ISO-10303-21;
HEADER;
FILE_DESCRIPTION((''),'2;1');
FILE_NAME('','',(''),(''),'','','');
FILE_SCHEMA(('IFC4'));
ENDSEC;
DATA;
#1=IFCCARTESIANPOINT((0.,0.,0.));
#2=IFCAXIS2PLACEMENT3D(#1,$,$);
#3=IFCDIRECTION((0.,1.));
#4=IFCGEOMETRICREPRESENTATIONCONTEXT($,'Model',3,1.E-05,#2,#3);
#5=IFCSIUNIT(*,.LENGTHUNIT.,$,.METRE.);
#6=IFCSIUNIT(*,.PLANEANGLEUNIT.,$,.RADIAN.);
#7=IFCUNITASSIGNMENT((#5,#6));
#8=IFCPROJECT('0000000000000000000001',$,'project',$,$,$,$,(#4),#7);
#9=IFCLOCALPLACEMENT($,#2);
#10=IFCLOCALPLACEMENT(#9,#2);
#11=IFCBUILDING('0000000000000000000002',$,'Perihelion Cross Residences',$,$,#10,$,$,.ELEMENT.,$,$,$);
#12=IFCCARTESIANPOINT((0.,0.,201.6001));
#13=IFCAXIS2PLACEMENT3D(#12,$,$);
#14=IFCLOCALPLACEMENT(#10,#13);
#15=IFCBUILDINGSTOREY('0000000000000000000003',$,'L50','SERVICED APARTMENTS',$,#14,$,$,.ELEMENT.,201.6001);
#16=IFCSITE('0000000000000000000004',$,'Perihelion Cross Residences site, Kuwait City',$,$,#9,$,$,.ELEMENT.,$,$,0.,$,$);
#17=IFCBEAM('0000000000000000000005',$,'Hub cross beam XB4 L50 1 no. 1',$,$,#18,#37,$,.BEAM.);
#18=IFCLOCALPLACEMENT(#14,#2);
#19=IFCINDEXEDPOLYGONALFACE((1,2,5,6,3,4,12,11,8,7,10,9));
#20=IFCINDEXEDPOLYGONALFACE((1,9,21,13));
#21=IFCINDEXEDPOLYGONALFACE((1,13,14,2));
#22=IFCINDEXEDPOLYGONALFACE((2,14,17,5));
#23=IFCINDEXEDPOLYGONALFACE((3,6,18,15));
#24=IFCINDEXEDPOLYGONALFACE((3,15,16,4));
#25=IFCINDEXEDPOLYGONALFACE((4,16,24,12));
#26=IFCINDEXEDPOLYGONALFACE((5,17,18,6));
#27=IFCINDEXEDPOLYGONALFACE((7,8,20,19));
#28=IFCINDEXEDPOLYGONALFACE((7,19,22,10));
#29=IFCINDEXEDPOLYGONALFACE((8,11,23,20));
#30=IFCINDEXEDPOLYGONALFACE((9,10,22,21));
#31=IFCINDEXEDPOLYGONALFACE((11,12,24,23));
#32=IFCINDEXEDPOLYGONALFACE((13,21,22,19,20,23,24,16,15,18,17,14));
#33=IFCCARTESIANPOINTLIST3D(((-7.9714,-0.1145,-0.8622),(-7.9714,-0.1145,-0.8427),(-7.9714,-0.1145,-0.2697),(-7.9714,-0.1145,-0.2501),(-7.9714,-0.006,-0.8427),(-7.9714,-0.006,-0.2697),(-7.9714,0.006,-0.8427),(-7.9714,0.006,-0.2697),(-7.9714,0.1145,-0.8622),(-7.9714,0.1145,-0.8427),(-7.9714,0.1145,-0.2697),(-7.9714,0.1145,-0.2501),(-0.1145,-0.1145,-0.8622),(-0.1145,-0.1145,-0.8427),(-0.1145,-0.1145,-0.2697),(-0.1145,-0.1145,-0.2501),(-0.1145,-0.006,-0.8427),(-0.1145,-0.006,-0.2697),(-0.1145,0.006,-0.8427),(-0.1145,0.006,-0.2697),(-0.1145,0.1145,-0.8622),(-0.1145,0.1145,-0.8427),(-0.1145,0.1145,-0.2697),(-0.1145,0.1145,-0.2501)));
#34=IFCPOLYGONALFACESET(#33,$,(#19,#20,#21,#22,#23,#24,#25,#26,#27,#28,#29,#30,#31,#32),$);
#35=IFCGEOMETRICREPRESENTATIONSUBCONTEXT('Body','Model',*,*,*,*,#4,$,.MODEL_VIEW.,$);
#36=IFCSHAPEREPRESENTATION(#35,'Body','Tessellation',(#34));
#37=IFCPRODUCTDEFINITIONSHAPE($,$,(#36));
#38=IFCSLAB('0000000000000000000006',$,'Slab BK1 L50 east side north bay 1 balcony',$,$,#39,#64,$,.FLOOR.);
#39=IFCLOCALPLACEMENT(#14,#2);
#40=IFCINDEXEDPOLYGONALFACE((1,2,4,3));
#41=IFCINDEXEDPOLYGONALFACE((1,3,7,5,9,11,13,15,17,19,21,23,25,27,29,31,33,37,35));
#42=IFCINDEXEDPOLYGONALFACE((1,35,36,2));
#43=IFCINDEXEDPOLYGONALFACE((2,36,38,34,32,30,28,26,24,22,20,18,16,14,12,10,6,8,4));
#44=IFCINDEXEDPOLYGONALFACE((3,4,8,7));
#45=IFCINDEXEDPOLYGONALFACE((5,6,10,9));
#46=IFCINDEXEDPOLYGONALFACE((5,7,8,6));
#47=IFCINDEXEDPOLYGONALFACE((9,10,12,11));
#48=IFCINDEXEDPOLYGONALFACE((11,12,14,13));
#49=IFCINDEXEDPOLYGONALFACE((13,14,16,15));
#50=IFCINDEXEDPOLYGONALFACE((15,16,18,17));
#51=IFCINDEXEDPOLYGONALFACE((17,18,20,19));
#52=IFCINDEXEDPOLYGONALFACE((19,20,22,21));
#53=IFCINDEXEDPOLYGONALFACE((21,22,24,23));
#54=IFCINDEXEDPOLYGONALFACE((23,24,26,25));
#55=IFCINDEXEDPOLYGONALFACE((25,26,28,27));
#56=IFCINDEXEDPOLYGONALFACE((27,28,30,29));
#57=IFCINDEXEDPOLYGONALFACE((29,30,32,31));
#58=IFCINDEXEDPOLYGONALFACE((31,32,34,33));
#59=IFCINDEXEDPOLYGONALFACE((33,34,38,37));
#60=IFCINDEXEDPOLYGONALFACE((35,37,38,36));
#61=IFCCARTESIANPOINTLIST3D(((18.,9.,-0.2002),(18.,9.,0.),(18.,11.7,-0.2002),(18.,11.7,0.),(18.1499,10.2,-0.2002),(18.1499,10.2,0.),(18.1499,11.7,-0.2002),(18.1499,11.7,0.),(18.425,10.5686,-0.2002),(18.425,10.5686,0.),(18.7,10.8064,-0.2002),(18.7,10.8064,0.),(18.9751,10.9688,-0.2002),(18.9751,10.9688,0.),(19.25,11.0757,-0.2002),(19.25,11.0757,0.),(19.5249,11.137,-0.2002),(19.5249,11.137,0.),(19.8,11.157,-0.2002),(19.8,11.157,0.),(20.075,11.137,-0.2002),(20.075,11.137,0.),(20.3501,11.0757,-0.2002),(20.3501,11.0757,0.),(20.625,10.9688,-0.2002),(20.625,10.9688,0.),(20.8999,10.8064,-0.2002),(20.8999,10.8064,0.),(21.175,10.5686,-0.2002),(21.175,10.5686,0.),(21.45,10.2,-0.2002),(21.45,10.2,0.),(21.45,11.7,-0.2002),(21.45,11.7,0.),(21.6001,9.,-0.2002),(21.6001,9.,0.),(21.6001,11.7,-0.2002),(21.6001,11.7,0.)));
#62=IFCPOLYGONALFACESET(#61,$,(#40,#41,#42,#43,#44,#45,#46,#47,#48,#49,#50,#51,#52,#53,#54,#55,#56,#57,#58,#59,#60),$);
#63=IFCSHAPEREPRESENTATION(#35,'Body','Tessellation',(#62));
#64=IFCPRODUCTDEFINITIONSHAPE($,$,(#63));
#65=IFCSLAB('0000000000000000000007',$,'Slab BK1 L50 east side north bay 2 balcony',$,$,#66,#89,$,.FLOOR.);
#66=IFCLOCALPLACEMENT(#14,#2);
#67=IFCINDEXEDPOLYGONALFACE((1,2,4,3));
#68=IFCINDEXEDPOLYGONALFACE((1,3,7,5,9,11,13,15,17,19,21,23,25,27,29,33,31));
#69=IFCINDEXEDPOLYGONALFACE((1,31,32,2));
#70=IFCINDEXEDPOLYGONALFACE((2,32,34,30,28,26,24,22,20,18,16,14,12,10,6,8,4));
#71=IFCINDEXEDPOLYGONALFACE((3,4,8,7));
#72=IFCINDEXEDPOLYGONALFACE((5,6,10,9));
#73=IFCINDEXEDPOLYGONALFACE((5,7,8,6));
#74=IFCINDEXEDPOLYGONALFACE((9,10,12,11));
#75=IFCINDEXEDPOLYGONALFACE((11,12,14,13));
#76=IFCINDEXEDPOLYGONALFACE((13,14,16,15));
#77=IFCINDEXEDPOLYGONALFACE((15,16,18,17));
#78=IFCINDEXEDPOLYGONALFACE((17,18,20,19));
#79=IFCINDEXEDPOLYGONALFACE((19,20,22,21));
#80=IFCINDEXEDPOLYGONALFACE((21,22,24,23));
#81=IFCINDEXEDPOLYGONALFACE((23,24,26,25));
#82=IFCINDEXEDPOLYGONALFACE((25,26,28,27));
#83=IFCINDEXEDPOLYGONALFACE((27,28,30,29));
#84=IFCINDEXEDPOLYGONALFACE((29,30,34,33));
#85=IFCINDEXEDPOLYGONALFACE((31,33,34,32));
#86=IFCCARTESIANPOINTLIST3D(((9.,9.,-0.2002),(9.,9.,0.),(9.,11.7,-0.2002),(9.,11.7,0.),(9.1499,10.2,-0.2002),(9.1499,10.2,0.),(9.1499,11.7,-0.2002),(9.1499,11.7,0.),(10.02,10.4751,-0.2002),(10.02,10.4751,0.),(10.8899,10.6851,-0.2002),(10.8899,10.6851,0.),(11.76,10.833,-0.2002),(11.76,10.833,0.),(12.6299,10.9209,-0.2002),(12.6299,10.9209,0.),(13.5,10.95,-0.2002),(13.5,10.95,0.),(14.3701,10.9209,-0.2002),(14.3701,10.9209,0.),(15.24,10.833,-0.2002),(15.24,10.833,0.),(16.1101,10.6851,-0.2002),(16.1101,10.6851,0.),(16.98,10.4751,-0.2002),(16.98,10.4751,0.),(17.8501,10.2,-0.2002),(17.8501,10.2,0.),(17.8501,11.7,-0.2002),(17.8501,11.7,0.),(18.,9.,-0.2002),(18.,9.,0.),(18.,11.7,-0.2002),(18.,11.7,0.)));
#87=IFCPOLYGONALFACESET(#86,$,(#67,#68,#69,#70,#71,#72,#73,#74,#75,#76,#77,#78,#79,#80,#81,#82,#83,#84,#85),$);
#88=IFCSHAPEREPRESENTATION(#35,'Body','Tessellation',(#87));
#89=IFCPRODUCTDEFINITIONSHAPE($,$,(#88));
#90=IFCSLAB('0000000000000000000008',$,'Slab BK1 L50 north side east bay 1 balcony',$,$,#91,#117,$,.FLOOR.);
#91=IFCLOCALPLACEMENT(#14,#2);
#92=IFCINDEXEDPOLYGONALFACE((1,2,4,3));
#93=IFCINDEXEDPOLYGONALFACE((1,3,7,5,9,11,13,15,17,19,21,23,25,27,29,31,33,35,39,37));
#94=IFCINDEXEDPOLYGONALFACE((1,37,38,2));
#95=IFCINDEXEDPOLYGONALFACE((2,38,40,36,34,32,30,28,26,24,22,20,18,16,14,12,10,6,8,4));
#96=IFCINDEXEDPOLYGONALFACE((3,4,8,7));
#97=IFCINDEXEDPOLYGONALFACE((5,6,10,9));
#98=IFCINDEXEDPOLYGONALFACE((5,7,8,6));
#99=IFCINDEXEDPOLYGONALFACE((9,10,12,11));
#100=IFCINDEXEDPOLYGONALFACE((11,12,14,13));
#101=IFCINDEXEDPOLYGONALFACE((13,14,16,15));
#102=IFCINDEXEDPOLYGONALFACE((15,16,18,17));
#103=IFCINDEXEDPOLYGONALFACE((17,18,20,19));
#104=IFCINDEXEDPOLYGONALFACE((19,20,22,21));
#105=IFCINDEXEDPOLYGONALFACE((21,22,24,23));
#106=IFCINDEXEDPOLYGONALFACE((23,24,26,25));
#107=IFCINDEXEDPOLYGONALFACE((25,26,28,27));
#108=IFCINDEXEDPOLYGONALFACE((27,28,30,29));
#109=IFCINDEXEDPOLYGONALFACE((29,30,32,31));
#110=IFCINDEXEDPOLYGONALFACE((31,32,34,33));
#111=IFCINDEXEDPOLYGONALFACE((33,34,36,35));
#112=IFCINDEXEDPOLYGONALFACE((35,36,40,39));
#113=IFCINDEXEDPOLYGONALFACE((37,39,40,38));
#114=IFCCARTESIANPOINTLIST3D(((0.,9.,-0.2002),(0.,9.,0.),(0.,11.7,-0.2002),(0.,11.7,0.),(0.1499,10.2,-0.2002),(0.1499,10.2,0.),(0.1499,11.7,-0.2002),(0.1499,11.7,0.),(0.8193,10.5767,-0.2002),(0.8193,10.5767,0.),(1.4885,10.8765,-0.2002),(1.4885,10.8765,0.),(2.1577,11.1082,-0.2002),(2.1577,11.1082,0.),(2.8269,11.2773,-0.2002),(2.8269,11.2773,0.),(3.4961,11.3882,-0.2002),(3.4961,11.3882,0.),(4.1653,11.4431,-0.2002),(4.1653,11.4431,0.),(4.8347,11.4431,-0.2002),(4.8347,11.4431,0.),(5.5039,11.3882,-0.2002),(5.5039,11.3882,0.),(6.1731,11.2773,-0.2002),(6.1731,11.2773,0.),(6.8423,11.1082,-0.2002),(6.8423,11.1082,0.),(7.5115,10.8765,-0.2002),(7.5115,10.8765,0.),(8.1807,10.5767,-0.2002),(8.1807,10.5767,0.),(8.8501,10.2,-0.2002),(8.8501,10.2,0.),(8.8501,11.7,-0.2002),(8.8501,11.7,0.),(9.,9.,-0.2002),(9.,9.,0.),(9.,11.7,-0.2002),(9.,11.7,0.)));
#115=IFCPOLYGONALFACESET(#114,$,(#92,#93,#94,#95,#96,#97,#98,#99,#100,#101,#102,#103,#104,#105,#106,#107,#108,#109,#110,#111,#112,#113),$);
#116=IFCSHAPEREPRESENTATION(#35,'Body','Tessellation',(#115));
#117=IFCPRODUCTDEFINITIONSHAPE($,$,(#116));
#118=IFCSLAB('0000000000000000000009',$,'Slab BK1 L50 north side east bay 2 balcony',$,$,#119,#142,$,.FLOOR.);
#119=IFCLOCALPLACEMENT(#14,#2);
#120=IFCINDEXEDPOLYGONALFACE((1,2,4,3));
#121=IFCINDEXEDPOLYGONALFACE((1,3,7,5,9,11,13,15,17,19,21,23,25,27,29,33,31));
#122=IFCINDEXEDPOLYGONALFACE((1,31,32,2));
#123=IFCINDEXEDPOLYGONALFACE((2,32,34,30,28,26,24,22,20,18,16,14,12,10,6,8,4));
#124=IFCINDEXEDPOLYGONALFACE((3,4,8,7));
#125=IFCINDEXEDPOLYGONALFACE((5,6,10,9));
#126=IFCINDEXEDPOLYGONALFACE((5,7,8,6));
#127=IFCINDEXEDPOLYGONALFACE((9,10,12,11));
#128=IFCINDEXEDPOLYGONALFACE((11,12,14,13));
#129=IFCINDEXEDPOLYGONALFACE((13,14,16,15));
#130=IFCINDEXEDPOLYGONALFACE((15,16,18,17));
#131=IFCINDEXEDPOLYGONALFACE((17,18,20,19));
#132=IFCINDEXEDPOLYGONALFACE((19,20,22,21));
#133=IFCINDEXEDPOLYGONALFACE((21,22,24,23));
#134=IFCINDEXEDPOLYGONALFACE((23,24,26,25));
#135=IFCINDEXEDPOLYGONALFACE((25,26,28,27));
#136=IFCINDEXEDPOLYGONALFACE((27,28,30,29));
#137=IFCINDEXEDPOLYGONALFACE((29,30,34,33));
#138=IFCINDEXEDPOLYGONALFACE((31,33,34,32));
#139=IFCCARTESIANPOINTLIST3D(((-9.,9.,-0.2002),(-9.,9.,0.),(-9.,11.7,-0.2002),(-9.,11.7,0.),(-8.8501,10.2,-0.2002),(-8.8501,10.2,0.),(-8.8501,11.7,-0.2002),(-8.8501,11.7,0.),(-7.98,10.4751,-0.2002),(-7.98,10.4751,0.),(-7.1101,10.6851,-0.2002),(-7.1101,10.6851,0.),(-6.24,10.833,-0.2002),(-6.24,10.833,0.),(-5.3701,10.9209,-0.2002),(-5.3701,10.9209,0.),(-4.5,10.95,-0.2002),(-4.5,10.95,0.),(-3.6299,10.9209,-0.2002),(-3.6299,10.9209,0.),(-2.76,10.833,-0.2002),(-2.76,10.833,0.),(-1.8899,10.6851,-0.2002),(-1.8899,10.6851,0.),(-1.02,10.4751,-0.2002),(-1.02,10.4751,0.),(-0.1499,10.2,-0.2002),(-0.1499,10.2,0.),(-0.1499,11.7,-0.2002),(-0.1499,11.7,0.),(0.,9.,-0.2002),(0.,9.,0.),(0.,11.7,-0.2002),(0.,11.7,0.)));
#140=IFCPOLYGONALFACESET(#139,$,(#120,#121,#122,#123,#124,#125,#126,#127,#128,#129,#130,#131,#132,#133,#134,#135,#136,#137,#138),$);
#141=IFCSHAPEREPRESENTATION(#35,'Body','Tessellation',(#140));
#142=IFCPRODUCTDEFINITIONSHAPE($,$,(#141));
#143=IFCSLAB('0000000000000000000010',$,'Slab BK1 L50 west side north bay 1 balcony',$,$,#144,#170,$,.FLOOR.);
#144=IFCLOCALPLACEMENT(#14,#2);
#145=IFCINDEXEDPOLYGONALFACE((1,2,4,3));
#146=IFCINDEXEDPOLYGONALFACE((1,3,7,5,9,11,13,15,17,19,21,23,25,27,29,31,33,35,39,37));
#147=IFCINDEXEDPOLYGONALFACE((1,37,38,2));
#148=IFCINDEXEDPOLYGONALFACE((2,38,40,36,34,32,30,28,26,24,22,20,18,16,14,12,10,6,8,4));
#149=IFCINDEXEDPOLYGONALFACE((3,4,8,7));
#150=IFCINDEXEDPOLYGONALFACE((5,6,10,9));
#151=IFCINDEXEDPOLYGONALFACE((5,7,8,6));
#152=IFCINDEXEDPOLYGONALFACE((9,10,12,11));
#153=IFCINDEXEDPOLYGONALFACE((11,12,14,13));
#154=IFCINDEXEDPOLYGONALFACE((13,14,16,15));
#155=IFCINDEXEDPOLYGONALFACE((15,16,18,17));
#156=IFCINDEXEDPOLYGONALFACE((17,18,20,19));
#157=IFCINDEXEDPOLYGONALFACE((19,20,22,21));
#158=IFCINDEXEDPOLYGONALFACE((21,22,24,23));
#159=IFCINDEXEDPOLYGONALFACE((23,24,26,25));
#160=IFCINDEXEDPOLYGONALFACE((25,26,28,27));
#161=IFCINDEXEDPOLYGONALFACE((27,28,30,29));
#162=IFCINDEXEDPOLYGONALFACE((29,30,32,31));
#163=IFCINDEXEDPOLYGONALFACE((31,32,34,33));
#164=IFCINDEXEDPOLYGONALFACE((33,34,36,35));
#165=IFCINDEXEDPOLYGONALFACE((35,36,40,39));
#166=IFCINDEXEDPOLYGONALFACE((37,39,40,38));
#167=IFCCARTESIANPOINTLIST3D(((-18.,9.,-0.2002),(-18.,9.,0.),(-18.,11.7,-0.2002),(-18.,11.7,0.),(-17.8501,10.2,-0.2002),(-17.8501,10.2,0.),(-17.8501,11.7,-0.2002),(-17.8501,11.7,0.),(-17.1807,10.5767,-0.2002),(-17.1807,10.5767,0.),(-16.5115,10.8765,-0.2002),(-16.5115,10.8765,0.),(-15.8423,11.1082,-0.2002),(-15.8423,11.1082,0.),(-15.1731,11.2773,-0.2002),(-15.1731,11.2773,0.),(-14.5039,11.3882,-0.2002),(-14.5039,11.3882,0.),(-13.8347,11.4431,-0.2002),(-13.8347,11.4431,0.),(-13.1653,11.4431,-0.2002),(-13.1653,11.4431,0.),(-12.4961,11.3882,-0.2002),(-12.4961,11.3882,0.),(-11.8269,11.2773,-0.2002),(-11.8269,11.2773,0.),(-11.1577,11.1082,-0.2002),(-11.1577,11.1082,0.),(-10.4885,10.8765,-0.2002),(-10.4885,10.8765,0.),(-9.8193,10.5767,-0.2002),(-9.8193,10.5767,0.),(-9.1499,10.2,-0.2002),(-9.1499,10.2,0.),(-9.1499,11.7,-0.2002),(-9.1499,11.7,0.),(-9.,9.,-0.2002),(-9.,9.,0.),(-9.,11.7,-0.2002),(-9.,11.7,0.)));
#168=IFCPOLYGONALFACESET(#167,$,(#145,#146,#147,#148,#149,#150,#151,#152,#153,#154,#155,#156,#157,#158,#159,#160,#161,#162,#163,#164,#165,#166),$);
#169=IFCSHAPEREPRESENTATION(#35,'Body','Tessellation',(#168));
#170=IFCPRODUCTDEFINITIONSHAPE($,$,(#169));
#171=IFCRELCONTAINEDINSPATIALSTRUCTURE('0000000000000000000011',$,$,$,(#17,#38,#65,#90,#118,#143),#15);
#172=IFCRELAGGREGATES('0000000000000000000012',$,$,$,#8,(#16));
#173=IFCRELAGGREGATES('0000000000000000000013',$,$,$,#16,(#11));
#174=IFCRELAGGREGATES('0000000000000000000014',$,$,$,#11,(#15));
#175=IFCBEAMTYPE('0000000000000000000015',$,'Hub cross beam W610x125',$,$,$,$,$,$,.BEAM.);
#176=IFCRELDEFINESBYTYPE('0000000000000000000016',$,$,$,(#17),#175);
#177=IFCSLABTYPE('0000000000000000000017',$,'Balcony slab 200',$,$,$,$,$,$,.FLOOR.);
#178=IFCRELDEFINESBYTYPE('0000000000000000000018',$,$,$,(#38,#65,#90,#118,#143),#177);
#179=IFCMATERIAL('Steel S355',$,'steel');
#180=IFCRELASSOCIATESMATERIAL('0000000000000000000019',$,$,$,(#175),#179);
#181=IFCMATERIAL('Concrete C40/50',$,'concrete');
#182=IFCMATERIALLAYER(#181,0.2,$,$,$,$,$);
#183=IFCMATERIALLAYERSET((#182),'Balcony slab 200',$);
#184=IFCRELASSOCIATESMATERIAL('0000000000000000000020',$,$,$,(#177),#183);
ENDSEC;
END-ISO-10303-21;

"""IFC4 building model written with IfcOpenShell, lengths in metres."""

from ifc_helpers import new_model, si_unit, direction, frame, origin, origin_2d, place, context, subcontext, project, spatial, polyline, i_section, outline, extrude, material, layer, layer_set, material_profile, profile_set, type_object, element, save


model = new_model("IFC4")

# Units and contexts
model_context = context("Model", 3, precision=1e-05, world=origin(), true_north=direction((0.0, 1.0)))
body_context = subcontext(model_context, "Body", "Model", "MODEL_VIEW")
ifc_project = project(units=[si_unit("LENGTHUNIT", "METRE"), si_unit("PLANEANGLEUNIT", "RADIAN")], contexts=[model_context])

# Site, building, storey
site_placement = place(None, origin())
site = spatial("IfcSite", under=ifc_project, at=site_placement, Name="Perihelion Cross Residences site, Kuwait City", CompositionType="ELEMENT", RefElevation=0.0)
building_placement = place(site_placement, origin())
building = spatial("IfcBuilding", under=site, at=building_placement, Name="Perihelion Cross Residences", CompositionType="ELEMENT")
storey_placement = place(building_placement, frame((0.0, 0.0, 201.6001)))
storey = spatial("IfcBuildingStorey", under=building, at=storey_placement, Name="L50", Description="SERVICED APARTMENTS", CompositionType="ELEMENT", Elevation=201.6001)

# Beam
ifc_material_1 = material(Name="Steel S355", Category="steel")
ifc_material_profile = material_profile(ifc_material_1, i_section(OverallWidth=0.229, OverallDepth=0.6121, WebThickness=0.012, FlangeThickness=0.0195, at=origin_2d()), Name="W610x125")
ifc_profile_set = profile_set([ifc_material_profile], Name="Steel S355")
beam_type = type_object("IfcBeamType", Name="Hub cross beam W610x125", PredefinedType="BEAM", material=ifc_profile_set)
beam_placement = place(storey_placement, frame((-7.9714, 0.0, -0.5562), z_axis=(1.0, 0.0, 0.0), x_axis=(0.0, 1.0, 0.0)))
element("IfcBeam", 1, at=beam_placement, inside=storey, type_object=beam_type, Name="Hub cross beam XB4 L50 1 no. 1", PredefinedType="BEAM", context=body_context, shape_type="SweptSolid", body=[
    extrude(i_section(OverallWidth=0.229, OverallDepth=0.6121, WebThickness=0.012, FlangeThickness=0.0195, at=origin_2d()), origin(), (0.0, 0.0, 1.0), 7.8569),
])

# Slabs
ifc_material_2 = material(Name="Concrete C40/50", Category="concrete")
ifc_layer_1 = layer(ifc_material_2, 0.2)
ifc_layer_set_1 = layer_set([ifc_layer_1], Name="Balcony slab 200")
slab_type_1 = type_object("IfcSlabType", Name="Balcony slab 200", PredefinedType="FLOOR", material=ifc_layer_set_1)
slab_1_placement = place(storey_placement, frame((0.0, 0.0, -0.2002)))
element("IfcSlab", 2, at=slab_1_placement, inside=storey, type_object=slab_type_1, Name="Slab BK1 L50 east side north bay 1 balcony", PredefinedType="FLOOR", context=body_context, shape_type="SweptSolid", body=[
    extrude(outline(polyline([(21.6001, 9.0), (18.0, 9.0), (18.0, 11.7), (18.1499, 11.7), (18.1499, 10.2), (18.425, 10.5686), (18.7, 10.8064), (18.9751, 10.9688), (19.25, 11.0757), (19.5249, 11.137), (19.8, 11.157), (20.075, 11.137), (20.3501, 11.0757), (20.625, 10.9688), (20.8999, 10.8064), (21.175, 10.5686), (21.45, 10.2), (21.45, 11.7), (21.6001, 11.7), (21.6001, 9.0)])), origin(), (0.0, 0.0, 1.0), 0.2002),
])
slab_2_placement = place(storey_placement, frame((0.0, 0.0, -0.2002)))
element("IfcSlab", 3, at=slab_2_placement, inside=storey, type_object=slab_type_1, Name="Slab BK1 L50 east side north bay 2 balcony", PredefinedType="FLOOR", context=body_context, shape_type="SweptSolid", body=[
    extrude(outline(polyline([(18.0, 9.0), (9.0, 9.0), (9.0, 11.7), (9.1499, 11.7), (9.1499, 10.2), (10.02, 10.4751), (10.8899, 10.6851), (11.76, 10.833), (12.6299, 10.9209), (13.5, 10.95), (14.3701, 10.9209), (15.24, 10.833), (16.1101, 10.6851), (16.98, 10.4751), (17.8501, 10.2), (17.8501, 11.7), (18.0, 11.7), (18.0, 9.0)])), origin(), (0.0, 0.0, 1.0), 0.2002),
])
slab_3_placement = place(storey_placement, frame((0.0, 0.0, -0.2002)))
element("IfcSlab", 4, at=slab_3_placement, inside=storey, type_object=slab_type_1, Name="Slab BK1 L50 north side east bay 1 balcony", PredefinedType="FLOOR", context=body_context, shape_type="SweptSolid", body=[
    extrude(outline(polyline([(9.0, 9.0), (0.0, 9.0), (0.0, 11.7), (0.1499, 11.7), (0.1499, 10.2), (0.8193, 10.5767), (1.4885, 10.8765), (2.1577, 11.1082), (2.8269, 11.2773), (3.4961, 11.3882), (4.1653, 11.4431), (4.8347, 11.4431), (5.5039, 11.3882), (6.1731, 11.2773), (6.8423, 11.1082), (7.5115, 10.8765), (8.1807, 10.5767), (8.8501, 10.2), (8.8501, 11.7), (9.0, 11.7), (9.0, 9.0)])), origin(), (0.0, 0.0, 1.0), 0.2002),
])
slab_4_placement = place(storey_placement, frame((0.0, 0.0, -0.2002)))
element("IfcSlab", 5, at=slab_4_placement, inside=storey, type_object=slab_type_1, Name="Slab BK1 L50 north side east bay 2 balcony", PredefinedType="FLOOR", context=body_context, shape_type="SweptSolid", body=[
    extrude(outline(polyline([(0.0, 9.0), (-9.0, 9.0), (-9.0, 11.7), (-8.8501, 11.7), (-8.8501, 10.2), (-7.98, 10.4751), (-7.1101, 10.6851), (-6.24, 10.833), (-5.3701, 10.9209), (-4.5, 10.95), (-3.6299, 10.9209), (-2.76, 10.833), (-1.8899, 10.6851), (-1.02, 10.4751), (-0.1499, 10.2), (-0.1499, 11.7), (0.0, 11.7), (0.0, 9.0)])), origin(), (0.0, 0.0, 1.0), 0.2002),
])
slab_5_placement = place(storey_placement, frame((0.0, 0.0, -0.2002)))
element("IfcSlab", 6, at=slab_5_placement, inside=storey, type_object=slab_type_1, Name="Slab BK1 L50 west side north bay 1 balcony", PredefinedType="FLOOR", context=body_context, shape_type="SweptSolid", body=[
    extrude(outline(polyline([(-9.0, 9.0), (-18.0, 9.0), (-18.0, 11.7), (-17.8501, 11.7), (-17.8501, 10.2), (-17.1807, 10.5767), (-16.5115, 10.8765), (-15.8423, 11.1082), (-15.1731, 11.2773), (-14.5039, 11.3882), (-13.8347, 11.4431), (-13.1653, 11.4431), (-12.4961, 11.3882), (-11.8269, 11.2773), (-11.1577, 11.1082), (-10.4885, 10.8765), (-9.8193, 10.5767), (-9.1499, 10.2), (-9.1499, 11.7), (-9.0, 11.7), (-9.0, 9.0)])), origin(), (0.0, 0.0, 1.0), 0.2002),
])

save(model, "model.ifc")
